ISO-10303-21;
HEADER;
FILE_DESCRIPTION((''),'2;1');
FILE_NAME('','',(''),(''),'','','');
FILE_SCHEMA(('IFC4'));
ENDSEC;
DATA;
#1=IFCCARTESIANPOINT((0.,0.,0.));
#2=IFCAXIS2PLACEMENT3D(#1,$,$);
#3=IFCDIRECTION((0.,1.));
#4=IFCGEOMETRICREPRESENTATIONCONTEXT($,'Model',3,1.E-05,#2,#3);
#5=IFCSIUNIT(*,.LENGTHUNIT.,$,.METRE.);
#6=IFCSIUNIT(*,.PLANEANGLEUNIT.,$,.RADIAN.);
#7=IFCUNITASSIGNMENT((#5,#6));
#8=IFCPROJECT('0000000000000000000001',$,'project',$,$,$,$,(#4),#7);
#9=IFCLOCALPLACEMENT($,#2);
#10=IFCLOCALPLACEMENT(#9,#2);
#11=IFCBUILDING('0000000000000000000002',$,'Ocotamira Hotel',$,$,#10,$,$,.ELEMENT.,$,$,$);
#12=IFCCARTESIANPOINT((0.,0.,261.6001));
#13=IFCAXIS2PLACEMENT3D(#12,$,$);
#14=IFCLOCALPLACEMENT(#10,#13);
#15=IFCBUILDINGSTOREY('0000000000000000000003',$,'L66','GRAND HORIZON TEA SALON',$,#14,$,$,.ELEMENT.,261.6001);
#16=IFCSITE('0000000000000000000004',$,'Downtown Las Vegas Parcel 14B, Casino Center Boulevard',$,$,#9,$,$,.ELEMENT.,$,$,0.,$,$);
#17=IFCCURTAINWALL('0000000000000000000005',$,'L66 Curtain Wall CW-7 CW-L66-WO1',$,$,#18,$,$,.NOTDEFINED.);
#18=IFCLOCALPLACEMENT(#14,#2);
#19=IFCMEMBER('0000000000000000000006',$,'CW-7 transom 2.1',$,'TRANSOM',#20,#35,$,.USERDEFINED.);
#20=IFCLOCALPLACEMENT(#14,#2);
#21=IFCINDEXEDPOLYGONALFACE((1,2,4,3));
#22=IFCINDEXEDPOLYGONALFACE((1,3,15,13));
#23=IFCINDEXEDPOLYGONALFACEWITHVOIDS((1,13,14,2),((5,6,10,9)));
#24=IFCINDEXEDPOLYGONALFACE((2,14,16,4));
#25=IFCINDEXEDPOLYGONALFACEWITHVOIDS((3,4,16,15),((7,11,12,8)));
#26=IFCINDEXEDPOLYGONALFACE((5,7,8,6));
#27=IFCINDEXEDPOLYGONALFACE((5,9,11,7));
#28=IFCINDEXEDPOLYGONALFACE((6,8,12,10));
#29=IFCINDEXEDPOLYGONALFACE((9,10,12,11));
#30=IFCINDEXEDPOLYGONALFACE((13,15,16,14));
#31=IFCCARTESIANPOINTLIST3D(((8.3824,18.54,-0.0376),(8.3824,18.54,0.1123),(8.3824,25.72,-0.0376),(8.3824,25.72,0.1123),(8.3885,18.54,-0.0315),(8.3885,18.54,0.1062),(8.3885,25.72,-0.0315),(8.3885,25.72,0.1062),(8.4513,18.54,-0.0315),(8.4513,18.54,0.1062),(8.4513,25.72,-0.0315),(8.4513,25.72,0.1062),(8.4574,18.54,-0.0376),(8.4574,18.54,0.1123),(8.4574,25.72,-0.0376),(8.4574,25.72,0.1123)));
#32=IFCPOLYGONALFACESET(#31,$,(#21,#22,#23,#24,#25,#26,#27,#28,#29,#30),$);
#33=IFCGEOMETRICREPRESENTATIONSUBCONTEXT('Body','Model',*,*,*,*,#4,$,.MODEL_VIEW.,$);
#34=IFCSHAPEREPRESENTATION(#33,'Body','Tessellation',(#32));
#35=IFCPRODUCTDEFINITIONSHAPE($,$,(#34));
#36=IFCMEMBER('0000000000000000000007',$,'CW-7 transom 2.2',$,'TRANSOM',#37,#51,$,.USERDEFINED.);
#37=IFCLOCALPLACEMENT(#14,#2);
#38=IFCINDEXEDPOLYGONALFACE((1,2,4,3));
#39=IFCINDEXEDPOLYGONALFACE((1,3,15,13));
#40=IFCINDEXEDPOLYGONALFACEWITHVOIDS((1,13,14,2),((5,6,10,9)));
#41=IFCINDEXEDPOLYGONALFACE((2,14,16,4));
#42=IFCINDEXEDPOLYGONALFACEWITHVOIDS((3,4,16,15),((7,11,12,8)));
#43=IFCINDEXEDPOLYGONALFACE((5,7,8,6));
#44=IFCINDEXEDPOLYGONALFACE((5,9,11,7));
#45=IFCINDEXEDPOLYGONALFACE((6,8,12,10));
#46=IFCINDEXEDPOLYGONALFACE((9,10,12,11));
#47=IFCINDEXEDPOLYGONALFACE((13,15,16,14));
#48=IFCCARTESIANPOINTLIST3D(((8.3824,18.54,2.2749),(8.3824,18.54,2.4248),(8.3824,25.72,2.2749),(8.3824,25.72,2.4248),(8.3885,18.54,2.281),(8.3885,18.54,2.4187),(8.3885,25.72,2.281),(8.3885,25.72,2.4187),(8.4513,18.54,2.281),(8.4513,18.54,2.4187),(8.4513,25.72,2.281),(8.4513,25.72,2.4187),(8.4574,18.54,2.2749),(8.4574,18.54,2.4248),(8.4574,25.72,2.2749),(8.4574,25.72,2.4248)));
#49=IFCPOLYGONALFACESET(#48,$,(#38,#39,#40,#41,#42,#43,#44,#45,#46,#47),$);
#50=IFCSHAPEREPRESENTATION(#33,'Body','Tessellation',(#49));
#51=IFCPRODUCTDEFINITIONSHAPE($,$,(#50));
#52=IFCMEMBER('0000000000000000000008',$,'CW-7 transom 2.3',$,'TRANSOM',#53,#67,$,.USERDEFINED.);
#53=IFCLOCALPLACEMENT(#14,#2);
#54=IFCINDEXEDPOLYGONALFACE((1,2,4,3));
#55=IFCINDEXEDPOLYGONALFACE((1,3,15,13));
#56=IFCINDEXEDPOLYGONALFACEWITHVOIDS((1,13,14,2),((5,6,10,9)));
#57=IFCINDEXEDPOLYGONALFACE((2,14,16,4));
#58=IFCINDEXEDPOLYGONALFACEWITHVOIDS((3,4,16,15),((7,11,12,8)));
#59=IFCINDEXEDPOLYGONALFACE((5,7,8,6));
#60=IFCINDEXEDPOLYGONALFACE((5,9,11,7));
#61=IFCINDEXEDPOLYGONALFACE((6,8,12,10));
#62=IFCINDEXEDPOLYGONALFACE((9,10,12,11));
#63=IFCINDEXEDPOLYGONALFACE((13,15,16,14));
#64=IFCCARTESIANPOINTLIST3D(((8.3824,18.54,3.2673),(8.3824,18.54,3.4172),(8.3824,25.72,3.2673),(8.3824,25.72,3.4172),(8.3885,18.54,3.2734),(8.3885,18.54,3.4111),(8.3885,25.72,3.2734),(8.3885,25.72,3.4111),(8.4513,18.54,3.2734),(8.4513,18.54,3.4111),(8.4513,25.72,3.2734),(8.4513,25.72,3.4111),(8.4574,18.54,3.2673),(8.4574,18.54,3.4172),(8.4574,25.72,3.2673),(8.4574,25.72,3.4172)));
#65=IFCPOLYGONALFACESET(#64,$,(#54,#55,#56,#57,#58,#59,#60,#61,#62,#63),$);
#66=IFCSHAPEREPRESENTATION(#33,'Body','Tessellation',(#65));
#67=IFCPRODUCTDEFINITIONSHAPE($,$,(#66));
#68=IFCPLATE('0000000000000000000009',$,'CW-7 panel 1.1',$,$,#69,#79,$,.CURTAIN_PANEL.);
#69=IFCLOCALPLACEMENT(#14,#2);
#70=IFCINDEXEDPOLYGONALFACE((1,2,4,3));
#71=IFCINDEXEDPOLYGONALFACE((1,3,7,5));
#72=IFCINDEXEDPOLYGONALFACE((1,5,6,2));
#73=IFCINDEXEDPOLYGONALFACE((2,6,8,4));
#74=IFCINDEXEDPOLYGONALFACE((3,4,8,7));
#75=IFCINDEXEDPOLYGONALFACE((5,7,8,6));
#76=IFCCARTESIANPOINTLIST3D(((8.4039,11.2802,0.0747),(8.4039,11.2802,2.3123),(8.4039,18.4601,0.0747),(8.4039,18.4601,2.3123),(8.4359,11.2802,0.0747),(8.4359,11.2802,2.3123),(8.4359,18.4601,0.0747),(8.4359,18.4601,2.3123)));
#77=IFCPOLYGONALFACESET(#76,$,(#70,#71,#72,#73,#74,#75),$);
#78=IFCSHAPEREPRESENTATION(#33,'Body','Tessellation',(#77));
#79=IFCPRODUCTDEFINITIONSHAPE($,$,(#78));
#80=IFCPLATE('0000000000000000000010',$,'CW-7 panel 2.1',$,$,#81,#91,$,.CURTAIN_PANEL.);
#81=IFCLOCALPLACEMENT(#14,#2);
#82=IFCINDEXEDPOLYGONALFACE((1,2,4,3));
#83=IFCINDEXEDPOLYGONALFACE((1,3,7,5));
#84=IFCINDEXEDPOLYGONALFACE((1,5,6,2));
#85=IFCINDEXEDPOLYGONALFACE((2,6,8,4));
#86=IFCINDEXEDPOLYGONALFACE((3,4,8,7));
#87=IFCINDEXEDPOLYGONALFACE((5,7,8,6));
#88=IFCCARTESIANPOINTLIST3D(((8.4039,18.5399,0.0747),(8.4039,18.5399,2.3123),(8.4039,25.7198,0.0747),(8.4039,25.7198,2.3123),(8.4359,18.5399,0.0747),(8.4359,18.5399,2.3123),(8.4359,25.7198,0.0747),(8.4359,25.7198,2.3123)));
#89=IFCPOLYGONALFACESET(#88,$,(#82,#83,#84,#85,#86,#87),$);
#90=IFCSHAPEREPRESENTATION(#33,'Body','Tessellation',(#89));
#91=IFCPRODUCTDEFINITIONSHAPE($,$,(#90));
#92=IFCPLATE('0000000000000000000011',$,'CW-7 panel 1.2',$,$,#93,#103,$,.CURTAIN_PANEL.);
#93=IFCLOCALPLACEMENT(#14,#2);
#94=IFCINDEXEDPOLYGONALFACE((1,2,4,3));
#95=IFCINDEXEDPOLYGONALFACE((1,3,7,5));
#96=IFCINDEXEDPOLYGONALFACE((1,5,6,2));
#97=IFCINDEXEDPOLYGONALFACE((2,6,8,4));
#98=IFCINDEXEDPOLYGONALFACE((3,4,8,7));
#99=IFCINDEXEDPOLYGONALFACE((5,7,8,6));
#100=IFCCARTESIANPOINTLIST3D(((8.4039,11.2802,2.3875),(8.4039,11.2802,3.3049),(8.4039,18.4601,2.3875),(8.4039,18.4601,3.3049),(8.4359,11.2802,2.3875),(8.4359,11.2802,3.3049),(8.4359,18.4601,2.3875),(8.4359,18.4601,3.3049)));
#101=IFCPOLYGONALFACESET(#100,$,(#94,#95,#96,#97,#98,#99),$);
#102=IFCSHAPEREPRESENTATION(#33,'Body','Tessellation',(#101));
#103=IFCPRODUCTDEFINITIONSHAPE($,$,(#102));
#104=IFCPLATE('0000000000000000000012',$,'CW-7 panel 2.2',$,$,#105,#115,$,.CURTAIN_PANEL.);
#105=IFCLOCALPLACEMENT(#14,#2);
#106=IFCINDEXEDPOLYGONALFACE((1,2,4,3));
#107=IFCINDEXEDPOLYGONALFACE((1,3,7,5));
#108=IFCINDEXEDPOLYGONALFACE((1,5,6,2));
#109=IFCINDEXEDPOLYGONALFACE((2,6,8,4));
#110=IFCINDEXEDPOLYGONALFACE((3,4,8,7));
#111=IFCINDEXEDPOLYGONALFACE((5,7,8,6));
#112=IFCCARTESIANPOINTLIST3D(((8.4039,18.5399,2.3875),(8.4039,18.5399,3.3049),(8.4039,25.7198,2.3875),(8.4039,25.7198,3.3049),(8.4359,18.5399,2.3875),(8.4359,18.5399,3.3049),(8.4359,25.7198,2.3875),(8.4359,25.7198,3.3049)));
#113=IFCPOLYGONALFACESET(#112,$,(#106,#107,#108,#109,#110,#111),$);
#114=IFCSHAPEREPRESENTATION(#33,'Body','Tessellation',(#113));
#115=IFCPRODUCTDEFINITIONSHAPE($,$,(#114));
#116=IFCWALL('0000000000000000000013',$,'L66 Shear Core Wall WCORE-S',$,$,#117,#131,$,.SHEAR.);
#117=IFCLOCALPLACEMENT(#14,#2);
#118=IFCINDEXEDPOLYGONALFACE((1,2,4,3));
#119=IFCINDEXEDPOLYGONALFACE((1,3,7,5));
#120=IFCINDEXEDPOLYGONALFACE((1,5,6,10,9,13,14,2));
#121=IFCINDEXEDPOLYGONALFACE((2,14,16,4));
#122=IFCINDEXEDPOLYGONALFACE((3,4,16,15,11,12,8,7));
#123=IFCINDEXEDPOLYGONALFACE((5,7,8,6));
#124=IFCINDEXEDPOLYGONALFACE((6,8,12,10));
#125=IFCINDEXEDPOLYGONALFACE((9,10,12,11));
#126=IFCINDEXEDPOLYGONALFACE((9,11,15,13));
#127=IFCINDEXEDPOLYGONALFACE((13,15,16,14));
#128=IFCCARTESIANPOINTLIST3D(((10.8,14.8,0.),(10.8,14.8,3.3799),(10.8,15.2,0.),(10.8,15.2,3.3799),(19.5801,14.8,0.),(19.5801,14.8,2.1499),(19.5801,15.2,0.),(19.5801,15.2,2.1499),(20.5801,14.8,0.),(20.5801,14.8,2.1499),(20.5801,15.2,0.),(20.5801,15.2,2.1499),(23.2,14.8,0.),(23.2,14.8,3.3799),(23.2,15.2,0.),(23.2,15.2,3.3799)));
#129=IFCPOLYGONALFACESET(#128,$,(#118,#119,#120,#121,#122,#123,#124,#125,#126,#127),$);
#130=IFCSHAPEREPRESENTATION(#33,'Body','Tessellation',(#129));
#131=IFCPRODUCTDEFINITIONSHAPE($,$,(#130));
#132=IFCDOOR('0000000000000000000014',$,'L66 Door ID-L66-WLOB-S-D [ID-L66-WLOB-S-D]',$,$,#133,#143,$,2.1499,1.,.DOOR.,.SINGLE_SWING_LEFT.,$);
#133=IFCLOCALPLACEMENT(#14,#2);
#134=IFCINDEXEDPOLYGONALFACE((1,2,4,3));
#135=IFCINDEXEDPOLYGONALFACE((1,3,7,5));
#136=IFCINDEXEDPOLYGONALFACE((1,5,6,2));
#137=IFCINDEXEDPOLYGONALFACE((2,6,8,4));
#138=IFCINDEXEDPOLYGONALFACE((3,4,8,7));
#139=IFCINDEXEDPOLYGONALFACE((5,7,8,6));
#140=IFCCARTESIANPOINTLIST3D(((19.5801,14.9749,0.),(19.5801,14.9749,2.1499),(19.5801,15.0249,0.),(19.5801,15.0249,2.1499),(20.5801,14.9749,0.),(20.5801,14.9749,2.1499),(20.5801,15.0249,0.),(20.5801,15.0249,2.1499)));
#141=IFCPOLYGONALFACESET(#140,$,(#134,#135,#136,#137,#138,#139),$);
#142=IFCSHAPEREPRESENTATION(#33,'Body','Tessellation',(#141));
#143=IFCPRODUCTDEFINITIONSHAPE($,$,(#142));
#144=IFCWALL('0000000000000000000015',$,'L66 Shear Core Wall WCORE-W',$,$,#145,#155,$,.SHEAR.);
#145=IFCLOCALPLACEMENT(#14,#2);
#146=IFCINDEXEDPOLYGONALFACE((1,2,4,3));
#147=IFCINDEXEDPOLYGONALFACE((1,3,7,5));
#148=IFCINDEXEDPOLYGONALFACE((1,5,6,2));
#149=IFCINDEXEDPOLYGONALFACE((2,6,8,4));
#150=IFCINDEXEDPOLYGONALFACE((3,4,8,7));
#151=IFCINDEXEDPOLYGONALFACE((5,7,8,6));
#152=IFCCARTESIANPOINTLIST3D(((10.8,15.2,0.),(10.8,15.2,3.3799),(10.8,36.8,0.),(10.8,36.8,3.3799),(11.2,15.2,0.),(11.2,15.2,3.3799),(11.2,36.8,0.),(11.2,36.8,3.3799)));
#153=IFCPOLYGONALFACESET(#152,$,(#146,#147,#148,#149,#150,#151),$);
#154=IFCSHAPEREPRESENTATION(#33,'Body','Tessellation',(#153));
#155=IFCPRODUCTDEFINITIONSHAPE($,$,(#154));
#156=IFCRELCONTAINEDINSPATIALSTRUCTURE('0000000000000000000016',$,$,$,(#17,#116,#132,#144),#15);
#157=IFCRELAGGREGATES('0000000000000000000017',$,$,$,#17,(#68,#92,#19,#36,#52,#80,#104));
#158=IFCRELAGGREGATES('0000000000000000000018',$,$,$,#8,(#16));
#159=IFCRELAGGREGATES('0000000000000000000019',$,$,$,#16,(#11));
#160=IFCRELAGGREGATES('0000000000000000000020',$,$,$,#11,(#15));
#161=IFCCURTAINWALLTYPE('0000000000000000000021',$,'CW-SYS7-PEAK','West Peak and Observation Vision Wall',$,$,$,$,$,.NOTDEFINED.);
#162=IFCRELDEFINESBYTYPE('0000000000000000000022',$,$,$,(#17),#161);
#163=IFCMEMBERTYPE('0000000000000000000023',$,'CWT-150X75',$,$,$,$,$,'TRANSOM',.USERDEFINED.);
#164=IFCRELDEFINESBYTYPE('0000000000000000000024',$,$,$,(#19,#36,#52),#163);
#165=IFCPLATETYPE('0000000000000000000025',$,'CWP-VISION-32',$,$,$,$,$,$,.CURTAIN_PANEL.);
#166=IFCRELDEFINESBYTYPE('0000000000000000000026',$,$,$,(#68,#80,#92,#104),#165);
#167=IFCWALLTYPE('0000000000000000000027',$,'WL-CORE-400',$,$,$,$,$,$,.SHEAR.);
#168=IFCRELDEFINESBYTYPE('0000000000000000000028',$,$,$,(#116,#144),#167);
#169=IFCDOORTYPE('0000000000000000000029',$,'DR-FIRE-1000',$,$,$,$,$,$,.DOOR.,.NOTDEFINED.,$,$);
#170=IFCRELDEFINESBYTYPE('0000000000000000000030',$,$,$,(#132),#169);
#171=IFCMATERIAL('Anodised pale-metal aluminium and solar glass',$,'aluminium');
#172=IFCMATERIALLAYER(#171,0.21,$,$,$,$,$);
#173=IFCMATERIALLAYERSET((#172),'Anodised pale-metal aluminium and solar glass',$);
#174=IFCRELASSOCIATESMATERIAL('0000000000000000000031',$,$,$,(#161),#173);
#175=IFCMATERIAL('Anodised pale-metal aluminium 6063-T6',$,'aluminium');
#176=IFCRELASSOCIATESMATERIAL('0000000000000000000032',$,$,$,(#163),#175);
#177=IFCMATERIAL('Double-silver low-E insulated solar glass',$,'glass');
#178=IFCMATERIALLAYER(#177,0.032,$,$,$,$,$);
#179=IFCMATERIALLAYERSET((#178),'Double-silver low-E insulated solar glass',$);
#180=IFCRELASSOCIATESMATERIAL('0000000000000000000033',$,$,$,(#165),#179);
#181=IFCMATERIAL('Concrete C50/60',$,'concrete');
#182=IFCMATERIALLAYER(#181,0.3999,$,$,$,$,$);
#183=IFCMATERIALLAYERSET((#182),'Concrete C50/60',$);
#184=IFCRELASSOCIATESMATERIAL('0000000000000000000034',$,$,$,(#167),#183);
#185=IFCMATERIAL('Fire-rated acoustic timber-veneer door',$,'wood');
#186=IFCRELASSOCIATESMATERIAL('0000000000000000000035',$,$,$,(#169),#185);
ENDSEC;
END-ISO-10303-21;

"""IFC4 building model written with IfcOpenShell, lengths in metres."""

from ifc_helpers import new_model, si_unit, direction, frame, frame_2d, origin, origin_2d, place, context, subcontext, project, spatial, rectangle, hollow_rectangle, extrude, source, transform, mapped, material, layer, layer_set, material_profile, profile_set, type_object, element, fill, aggregate, save


model = new_model("IFC4")

# Units and contexts
model_context = context("Model", 3, precision=1e-05, world=origin(), true_north=direction((0.0, 1.0)))
body_context = subcontext(model_context, "Body", "Model", "MODEL_VIEW")
ifc_project = project(units=[si_unit("LENGTHUNIT", "METRE"), si_unit("PLANEANGLEUNIT", "RADIAN")], contexts=[model_context])

# Site, building, storey
site_placement = place(None, origin())
site = spatial("IfcSite", under=ifc_project, at=site_placement, Name="Downtown Las Vegas Parcel 14B, Casino Center Boulevard", CompositionType="ELEMENT", RefElevation=0.0)
building_placement = place(site_placement, origin())
building = spatial("IfcBuilding", under=site, at=building_placement, Name="Ocotamira Hotel", CompositionType="ELEMENT")
storey_placement = place(building_placement, frame((0.0, 0.0, 261.6001)))
storey = spatial("IfcBuildingStorey", under=building, at=storey_placement, Name="L66", Description="GRAND HORIZON TEA SALON", CompositionType="ELEMENT", Elevation=261.6001)

# Shared definitions
ifc_material_1 = material(Name="Concrete C50/60", Category="concrete")

# Curtain wall, members, plates
ifc_material_2 = material(Name="Anodised pale-metal aluminium and solar glass", Category="aluminium")
ifc_layer_1 = layer(ifc_material_2, 0.21)
ifc_layer_set_1 = layer_set([ifc_layer_1], Name="Anodised pale-metal aluminium and solar glass")
curtain_wall_type = type_object("IfcCurtainWallType", Name="CW-SYS7-PEAK", Description="West Peak and Observation Vision Wall", PredefinedType="NOTDEFINED", material=ifc_layer_set_1)
curtain_wall_placement = place(storey_placement, origin())
curtain_wall = element("IfcCurtainWall", 1, at=curtain_wall_placement, inside=storey, type_object=curtain_wall_type, Name="L66 Curtain Wall CW-7 CW-L66-WO1", PredefinedType="NOTDEFINED")
ifc_material_3 = material(Name="Anodised pale-metal aluminium 6063-T6", Category="aluminium")
ifc_material_profile_1 = material_profile(ifc_material_3, hollow_rectangle(XDim=0.075, YDim=0.1499, WallThickness=0.0061, at=origin_2d()), Name="HSS150X75X6")
ifc_profile_set_1 = profile_set([ifc_material_profile_1], Name="Anodised pale-metal aluminium 6063-T6")
member_type_1 = type_object("IfcMemberType", Name="CWT-150X75", ElementType="TRANSOM", PredefinedType="USERDEFINED", material=ifc_profile_set_1)
shared_shape_1 = source(origin(), body_context, "Body", "SweptSolid", [
    extrude(hollow_rectangle(XDim=0.075, YDim=0.1499, WallThickness=0.0061, at=origin_2d()), origin(), (0.0, 0.0, 1.0), 7.1799),
])
member_1_placement = place(storey_placement, frame((8.4199, 18.54, 0.0374), z_axis=(0.0, 1.0, 0.0), x_axis=(-1.0, 0.0, 0.0)))
member_1 = element("IfcMember", 2, at=member_1_placement, type_object=member_type_1, Name="CW-7 transom 2.1", ObjectType="TRANSOM", PredefinedType="USERDEFINED", context=body_context, shape_type="MappedRepresentation", body=[
    mapped(shared_shape_1, transform((0.0, 0.0, 0.0), scale=1.0)),
])
member_2_placement = place(storey_placement, frame((8.4199, 18.54, 2.3499), z_axis=(0.0, 1.0, 0.0), x_axis=(-1.0, 0.0, 0.0)))
member_2 = element("IfcMember", 3, at=member_2_placement, type_object=member_type_1, Name="CW-7 transom 2.2", ObjectType="TRANSOM", PredefinedType="USERDEFINED", context=body_context, shape_type="MappedRepresentation", body=[
    mapped(shared_shape_1, transform((0.0, 0.0, 0.0), scale=1.0)),
])
member_3_placement = place(storey_placement, frame((8.4199, 18.54, 3.3423), z_axis=(0.0, 1.0, 0.0), x_axis=(-1.0, 0.0, 0.0)))
member_3 = element("IfcMember", 4, at=member_3_placement, type_object=member_type_1, Name="CW-7 transom 2.3", ObjectType="TRANSOM", PredefinedType="USERDEFINED", context=body_context, shape_type="MappedRepresentation", body=[
    mapped(shared_shape_1, transform((0.0, 0.0, 0.0), scale=1.0)),
])
ifc_material_4 = material(Name="Double-silver low-E insulated solar glass", Category="glass")
ifc_layer_2 = layer(ifc_material_4, 0.032)
ifc_layer_set_2 = layer_set([ifc_layer_2], Name="Double-silver low-E insulated solar glass")
plate_type = type_object("IfcPlateType", Name="CWP-VISION-32", PredefinedType="CURTAIN_PANEL", material=ifc_layer_set_2)
shared_shape_2 = source(origin(), body_context, "Body", "SweptSolid", [
    extrude(rectangle(XDim=7.1799, YDim=0.032, at=origin_2d()), origin(), (0.0, 0.0, 1.0), 2.2375),
])
plate_1_placement = place(storey_placement, frame((8.4199, 14.8701, 0.0747), z_axis=(0.0, 0.0, 1.0), x_axis=(0.0, 1.0, 0.0)))
plate_1 = element("IfcPlate", 5, at=plate_1_placement, type_object=plate_type, Name="CW-7 panel 1.1", PredefinedType="CURTAIN_PANEL", context=body_context, shape_type="MappedRepresentation", body=[
    mapped(shared_shape_2, transform((0.0, 0.0, 0.0), scale=1.0)),
])
plate_2_placement = place(storey_placement, frame((8.4199, 22.1299, 0.0747), z_axis=(0.0, 0.0, 1.0), x_axis=(0.0, 1.0, 0.0)))
plate_2 = element("IfcPlate", 6, at=plate_2_placement, type_object=plate_type, Name="CW-7 panel 2.1", PredefinedType="CURTAIN_PANEL", context=body_context, shape_type="MappedRepresentation", body=[
    mapped(shared_shape_2, transform((0.0, 0.0, 0.0), scale=1.0)),
])
shared_shape_3 = source(origin(), body_context, "Body", "SweptSolid", [
    extrude(rectangle(XDim=7.1799, YDim=0.032, at=origin_2d()), origin(), (0.0, 0.0, 1.0), 0.9175),
])
plate_3_placement = place(storey_placement, frame((8.4199, 14.8701, 2.3875), z_axis=(0.0, 0.0, 1.0), x_axis=(0.0, 1.0, 0.0)))
plate_3 = element("IfcPlate", 7, at=plate_3_placement, type_object=plate_type, Name="CW-7 panel 1.2", PredefinedType="CURTAIN_PANEL", context=body_context, shape_type="MappedRepresentation", body=[
    mapped(shared_shape_3, transform((0.0, 0.0, 0.0), scale=1.0)),
])
plate_4_placement = place(storey_placement, frame((8.4199, 22.1299, 2.3875), z_axis=(0.0, 0.0, 1.0), x_axis=(0.0, 1.0, 0.0)))
plate_4 = element("IfcPlate", 8, at=plate_4_placement, type_object=plate_type, Name="CW-7 panel 2.2", PredefinedType="CURTAIN_PANEL", context=body_context, shape_type="MappedRepresentation", body=[
    mapped(shared_shape_3, transform((0.0, 0.0, 0.0), scale=1.0)),
])
aggregate(curtain_wall, [plate_1, plate_3, member_1, member_2, member_3, plate_2, plate_4])

# Wall, opening, door
ifc_layer_3 = layer(ifc_material_1, 0.3999)
ifc_layer_set_3 = layer_set([ifc_layer_3], Name="Concrete C50/60")
wall_type_1 = type_object("IfcWallType", Name="WL-CORE-400", PredefinedType="SHEAR", material=ifc_layer_set_3)
wall_1_placement = place(storey_placement, frame((10.8, 15.0, 0.0), z_axis=(0.0, 0.0, 1.0), x_axis=(1.0, 0.0, 0.0)))
wall_1 = element("IfcWall", 9, at=wall_1_placement, inside=storey, type_object=wall_type_1, Name="L66 Shear Core Wall WCORE-S", PredefinedType="SHEAR", context=body_context, shape_type="SweptSolid", body=[
    extrude(rectangle(XDim=12.3999, YDim=0.3999, at=frame_2d((6.2, 0.0))), origin(), (0.0, 0.0, 1.0), 3.3799),
])
opening_1_placement = place(wall_1_placement, frame((8.78, 0.0, 0.0)))
opening_1 = element("IfcOpeningElement", 10, at=opening_1_placement, cuts=wall_1, PredefinedType="OPENING", context=body_context, shape_type="SweptSolid", body=[
    extrude(rectangle(XDim=1.0, YDim=2.1499, at=frame_2d((0.5, 1.075))), frame((0.0, 0.21, 0.0), z_axis=(0.0, -1.0, 0.0), x_axis=(1.0, 0.0, 0.0)), (0.0, 0.0, 1.0), 0.4199),
])
ifc_material_5 = material(Name="Fire-rated acoustic timber-veneer door", Category="wood")
door_type_1 = type_object("IfcDoorType", Name="DR-FIRE-1000", OperationType="NOTDEFINED", PredefinedType="DOOR", material=ifc_material_5)
shared_shape_4 = source(origin(), body_context, "Body", "SweptSolid", [
    extrude(rectangle(XDim=1.0, YDim=2.1499, at=frame_2d((0.5, 1.075))), frame((0.0, 0.0249, 0.0), z_axis=(0.0, -1.0, 0.0), x_axis=(1.0, 0.0, 0.0)), (0.0, 0.0, 1.0), 0.05),
])
door_1_placement = place(opening_1_placement, origin())
door_1 = element("IfcDoor", 11, at=door_1_placement, inside=storey, type_object=door_type_1, Name="L66 Door ID-L66-WLOB-S-D [ID-L66-WLOB-S-D]", OperationType="SINGLE_SWING_LEFT", OverallHeight=2.1499, OverallWidth=1.0, PredefinedType="DOOR", context=body_context, shape_type="MappedRepresentation", body=[
    mapped(shared_shape_4, transform((0.0, 0.0, 0.0), scale=1.0)),
])
fill(opening_1, door_1)

# Wall
wall_2_placement = place(storey_placement, frame((11.0, 15.2, 0.0), z_axis=(0.0, 0.0, 1.0), x_axis=(0.0, 1.0, 0.0)))
element("IfcWall", 12, at=wall_2_placement, inside=storey, type_object=wall_type_1, Name="L66 Shear Core Wall WCORE-W", PredefinedType="SHEAR", context=body_context, shape_type="SweptSolid", body=[
    extrude(rectangle(XDim=21.6001, YDim=0.3999, at=frame_2d((10.8, 0.0))), origin(), (0.0, 0.0, 1.0), 3.3799),
])

save(model, "model.ifc")
